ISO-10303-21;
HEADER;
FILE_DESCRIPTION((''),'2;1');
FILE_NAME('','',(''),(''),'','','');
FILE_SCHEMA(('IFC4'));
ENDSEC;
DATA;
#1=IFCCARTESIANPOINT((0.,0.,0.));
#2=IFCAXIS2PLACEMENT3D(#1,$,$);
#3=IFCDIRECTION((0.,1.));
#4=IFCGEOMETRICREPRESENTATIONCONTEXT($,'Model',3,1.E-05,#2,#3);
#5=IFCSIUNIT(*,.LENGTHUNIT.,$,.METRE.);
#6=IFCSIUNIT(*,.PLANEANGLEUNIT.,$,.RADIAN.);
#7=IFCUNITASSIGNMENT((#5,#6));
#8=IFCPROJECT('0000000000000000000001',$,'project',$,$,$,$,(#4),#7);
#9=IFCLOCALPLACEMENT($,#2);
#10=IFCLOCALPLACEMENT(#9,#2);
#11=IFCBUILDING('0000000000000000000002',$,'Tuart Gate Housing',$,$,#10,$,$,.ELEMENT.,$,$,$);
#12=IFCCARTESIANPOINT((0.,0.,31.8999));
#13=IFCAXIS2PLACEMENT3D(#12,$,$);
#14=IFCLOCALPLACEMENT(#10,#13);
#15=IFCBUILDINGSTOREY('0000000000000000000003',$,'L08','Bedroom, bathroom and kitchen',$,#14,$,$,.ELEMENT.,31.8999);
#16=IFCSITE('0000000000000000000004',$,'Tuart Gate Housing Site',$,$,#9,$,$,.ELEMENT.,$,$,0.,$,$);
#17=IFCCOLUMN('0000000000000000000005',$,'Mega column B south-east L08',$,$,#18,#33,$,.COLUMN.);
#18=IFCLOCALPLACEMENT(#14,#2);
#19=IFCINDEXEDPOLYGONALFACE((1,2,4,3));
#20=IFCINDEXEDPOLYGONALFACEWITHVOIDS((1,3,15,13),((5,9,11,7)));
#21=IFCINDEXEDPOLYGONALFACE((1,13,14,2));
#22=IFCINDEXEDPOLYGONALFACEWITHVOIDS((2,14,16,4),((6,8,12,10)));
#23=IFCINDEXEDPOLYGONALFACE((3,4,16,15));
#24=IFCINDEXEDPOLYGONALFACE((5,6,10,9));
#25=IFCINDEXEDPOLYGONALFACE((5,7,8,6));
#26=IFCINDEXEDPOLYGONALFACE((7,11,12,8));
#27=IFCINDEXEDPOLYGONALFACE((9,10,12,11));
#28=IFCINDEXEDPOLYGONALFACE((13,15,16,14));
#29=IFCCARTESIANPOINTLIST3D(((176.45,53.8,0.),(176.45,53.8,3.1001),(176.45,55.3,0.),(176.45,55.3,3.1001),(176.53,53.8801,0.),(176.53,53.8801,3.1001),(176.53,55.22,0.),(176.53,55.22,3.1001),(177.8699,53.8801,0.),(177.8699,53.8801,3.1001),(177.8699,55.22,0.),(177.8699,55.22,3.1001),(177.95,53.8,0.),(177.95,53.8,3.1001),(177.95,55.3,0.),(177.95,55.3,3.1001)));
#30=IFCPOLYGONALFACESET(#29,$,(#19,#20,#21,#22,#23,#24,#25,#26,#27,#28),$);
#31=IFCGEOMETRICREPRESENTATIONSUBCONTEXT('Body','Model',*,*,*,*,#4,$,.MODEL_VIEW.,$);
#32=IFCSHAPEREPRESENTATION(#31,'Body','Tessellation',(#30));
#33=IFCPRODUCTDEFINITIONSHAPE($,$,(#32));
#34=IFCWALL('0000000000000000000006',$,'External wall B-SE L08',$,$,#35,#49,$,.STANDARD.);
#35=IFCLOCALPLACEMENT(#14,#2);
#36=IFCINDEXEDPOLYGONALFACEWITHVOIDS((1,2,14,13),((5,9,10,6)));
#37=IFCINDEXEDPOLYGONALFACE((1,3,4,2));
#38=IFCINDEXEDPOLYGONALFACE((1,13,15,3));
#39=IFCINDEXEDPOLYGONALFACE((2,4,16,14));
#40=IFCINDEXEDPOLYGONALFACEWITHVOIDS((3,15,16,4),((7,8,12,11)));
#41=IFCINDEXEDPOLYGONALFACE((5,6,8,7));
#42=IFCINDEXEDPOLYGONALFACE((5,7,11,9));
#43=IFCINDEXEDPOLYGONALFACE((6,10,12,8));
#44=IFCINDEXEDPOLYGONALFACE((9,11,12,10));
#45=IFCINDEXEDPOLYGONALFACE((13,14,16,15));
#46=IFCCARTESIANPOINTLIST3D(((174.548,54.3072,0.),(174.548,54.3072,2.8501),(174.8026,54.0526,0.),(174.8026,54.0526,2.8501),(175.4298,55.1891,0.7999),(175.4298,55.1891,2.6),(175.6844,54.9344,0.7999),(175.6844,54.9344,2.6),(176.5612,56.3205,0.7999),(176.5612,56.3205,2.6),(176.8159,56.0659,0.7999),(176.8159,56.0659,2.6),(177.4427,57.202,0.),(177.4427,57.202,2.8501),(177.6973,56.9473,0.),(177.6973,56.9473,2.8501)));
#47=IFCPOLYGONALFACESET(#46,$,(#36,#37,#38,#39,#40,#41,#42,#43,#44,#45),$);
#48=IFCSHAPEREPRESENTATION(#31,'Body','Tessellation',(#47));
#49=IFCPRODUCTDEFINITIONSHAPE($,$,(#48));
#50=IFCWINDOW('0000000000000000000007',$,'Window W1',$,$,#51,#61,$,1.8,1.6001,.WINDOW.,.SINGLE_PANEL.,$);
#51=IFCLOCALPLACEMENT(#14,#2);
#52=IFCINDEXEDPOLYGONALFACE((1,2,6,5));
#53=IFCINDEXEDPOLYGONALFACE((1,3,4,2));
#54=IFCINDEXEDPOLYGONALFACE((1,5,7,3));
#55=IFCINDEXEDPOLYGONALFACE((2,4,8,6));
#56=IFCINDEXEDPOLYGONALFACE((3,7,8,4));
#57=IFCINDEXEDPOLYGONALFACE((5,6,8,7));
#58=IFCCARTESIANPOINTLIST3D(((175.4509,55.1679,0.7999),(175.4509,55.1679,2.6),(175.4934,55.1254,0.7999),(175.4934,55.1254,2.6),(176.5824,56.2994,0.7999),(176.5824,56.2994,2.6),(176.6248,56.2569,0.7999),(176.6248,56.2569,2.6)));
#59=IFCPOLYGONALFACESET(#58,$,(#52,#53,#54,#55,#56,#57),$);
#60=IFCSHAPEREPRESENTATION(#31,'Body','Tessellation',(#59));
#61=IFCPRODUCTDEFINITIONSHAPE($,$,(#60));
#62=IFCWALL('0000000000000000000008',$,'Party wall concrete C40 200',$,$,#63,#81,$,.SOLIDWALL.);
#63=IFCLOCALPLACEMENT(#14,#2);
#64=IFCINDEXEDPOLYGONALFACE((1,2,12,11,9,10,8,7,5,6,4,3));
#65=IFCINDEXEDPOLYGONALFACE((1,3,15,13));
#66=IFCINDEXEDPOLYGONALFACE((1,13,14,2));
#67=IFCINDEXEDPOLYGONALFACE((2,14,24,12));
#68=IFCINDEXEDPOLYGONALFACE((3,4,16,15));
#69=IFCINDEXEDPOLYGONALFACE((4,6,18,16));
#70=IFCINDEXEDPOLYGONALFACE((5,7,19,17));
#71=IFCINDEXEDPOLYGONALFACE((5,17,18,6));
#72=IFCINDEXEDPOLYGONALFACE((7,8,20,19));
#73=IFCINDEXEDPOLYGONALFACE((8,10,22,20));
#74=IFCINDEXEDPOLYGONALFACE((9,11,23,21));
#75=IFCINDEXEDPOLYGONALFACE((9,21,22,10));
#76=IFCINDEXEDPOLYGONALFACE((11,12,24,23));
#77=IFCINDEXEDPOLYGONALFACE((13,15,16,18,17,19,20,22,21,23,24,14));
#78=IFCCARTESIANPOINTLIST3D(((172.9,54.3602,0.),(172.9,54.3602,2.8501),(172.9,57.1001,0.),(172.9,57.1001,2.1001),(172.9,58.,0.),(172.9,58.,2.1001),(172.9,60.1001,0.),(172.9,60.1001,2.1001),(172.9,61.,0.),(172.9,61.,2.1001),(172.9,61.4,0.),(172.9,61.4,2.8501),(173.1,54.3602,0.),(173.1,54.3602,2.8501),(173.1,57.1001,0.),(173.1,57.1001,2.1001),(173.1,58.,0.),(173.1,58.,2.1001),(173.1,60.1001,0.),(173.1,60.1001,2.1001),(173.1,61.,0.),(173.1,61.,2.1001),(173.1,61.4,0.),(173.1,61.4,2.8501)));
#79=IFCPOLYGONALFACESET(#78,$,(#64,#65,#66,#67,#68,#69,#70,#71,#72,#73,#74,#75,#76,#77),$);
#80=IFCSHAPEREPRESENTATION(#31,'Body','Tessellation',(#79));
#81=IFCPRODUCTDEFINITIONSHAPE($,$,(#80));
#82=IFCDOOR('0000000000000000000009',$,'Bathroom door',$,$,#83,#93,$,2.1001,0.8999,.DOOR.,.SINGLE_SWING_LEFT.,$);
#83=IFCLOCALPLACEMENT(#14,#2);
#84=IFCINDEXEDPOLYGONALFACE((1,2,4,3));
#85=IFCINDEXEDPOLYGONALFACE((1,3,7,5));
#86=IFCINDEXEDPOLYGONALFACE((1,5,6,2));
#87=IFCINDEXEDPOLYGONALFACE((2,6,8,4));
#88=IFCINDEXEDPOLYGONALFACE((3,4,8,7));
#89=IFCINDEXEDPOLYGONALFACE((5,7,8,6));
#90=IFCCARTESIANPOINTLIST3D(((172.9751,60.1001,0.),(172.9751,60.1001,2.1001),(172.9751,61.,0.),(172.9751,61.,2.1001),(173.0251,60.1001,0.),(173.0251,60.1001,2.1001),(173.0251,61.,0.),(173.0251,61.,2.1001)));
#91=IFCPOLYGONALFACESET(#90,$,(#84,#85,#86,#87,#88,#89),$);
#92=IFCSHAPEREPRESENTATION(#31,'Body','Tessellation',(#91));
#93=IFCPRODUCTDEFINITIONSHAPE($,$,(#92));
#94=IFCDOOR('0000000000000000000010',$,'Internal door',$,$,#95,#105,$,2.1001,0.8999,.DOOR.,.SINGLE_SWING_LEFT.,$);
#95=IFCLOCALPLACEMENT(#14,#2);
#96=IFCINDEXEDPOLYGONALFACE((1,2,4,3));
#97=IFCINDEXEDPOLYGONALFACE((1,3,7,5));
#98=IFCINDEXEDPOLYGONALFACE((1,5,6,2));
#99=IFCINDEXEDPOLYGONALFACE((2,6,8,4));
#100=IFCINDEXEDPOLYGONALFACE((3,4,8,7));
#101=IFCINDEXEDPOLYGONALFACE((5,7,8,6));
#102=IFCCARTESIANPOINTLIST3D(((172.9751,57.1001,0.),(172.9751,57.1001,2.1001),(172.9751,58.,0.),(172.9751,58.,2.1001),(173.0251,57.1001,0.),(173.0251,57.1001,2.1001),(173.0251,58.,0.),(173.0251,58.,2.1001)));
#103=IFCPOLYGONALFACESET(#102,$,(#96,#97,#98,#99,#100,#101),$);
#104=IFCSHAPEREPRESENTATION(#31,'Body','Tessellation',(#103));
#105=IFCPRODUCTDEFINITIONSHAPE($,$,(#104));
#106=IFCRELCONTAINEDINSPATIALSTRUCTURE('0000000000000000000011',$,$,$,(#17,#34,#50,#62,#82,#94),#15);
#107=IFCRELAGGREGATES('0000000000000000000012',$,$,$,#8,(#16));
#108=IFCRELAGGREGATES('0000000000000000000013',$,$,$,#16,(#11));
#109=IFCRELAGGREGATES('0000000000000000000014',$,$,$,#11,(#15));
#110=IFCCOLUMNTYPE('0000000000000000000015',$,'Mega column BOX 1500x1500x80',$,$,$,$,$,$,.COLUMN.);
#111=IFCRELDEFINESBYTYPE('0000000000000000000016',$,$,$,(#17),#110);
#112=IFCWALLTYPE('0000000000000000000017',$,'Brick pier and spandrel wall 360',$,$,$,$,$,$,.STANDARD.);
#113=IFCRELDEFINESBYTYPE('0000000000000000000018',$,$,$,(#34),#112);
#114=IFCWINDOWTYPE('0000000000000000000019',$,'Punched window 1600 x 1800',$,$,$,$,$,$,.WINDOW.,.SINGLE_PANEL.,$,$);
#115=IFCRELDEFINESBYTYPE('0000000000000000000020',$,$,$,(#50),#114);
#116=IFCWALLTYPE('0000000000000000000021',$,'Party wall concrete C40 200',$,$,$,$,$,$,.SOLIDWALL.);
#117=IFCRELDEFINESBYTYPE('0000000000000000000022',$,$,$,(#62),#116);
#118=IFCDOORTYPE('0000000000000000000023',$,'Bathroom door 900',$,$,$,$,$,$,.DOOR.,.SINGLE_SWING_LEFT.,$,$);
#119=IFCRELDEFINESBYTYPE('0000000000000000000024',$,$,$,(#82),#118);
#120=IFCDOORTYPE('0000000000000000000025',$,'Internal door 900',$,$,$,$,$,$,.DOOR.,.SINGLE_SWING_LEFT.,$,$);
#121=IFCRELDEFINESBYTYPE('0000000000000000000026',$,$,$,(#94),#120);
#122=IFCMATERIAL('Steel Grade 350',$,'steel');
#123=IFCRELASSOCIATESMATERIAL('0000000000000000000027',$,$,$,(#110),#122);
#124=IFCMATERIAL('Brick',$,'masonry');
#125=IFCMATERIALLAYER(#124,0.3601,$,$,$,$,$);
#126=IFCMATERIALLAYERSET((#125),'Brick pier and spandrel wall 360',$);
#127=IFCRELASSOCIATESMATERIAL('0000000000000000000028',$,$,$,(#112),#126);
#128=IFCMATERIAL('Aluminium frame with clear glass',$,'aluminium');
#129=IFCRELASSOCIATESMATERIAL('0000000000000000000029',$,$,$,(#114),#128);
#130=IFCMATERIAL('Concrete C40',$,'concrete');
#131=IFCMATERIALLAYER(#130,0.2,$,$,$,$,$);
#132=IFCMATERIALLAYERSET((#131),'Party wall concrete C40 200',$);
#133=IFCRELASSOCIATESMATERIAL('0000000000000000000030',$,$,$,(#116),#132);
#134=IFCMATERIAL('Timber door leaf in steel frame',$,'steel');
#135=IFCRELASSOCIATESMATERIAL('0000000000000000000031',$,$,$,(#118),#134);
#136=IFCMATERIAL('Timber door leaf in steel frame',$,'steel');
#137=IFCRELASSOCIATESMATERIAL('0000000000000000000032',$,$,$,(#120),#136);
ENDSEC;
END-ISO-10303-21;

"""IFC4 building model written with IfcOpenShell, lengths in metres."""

from ifc_helpers import new_model, si_unit, direction, frame, frame_2d, origin, origin_2d, place, context, subcontext, project, spatial, rectangle, hollow_rectangle, extrude, material, layer, layer_set, material_profile, profile_set, type_object, element, fill, save


model = new_model("IFC4")

# Units and contexts
model_context = context("Model", 3, precision=1e-05, world=origin(), true_north=direction((0.0, 1.0)))
body_context = subcontext(model_context, "Body", "Model", "MODEL_VIEW")
ifc_project = project(units=[si_unit("LENGTHUNIT", "METRE"), si_unit("PLANEANGLEUNIT", "RADIAN")], contexts=[model_context])

# Site, building, storey
site_placement = place(None, origin())
site = spatial("IfcSite", under=ifc_project, at=site_placement, Name="Tuart Gate Housing Site", CompositionType="ELEMENT", RefElevation=0.0)
building_placement = place(site_placement, origin())
building = spatial("IfcBuilding", under=site, at=building_placement, Name="Tuart Gate Housing", CompositionType="ELEMENT")
storey_placement = place(building_placement, frame((0.0, 0.0, 31.8999)))
storey = spatial("IfcBuildingStorey", under=building, at=storey_placement, Name="L08", Description="Bedroom, bathroom and kitchen", CompositionType="ELEMENT", Elevation=31.8999)

# Column
ifc_material_1 = material(Name="Steel Grade 350", Category="steel")
ifc_material_profile = material_profile(ifc_material_1, hollow_rectangle(XDim=1.5, YDim=1.5, WallThickness=0.0801, at=origin_2d()), Name="BOX 1500x1500x80")
ifc_profile_set = profile_set([ifc_material_profile], Name="Steel Grade 350")
column_type = type_object("IfcColumnType", Name="Mega column BOX 1500x1500x80", PredefinedType="COLUMN", material=ifc_profile_set)
column_placement = place(storey_placement, frame((177.2, 54.55, 0.0), z_axis=(0.0, 0.0, 1.0), x_axis=(1.0, 0.0, 0.0)))
element("IfcColumn", 1, at=column_placement, inside=storey, type_object=column_type, Name="Mega column B south-east L08", PredefinedType="COLUMN", context=body_context, shape_type="SweptSolid", body=[
    extrude(hollow_rectangle(XDim=1.5, YDim=1.5, WallThickness=0.0801, at=origin_2d()), origin(), (0.0, 0.0, 1.0), 3.1001),
])

# Wall, opening, window
ifc_material_2 = material(Name="Brick", Category="masonry")
ifc_layer_1 = layer(ifc_material_2, 0.3601)
ifc_layer_set_1 = layer_set([ifc_layer_1], Name="Brick pier and spandrel wall 360")
wall_type_1 = type_object("IfcWallType", Name="Brick pier and spandrel wall 360", PredefinedType="STANDARD", material=ifc_layer_set_1)
wall_1_placement = place(storey_placement, frame((174.6753, 54.1799, 0.0), z_axis=(0.0, 0.0, 1.0), x_axis=(0.707107, 0.707107, 0.0)))
wall_1 = element("IfcWall", 2, at=wall_1_placement, inside=storey, type_object=wall_type_1, Name="External wall B-SE L08", PredefinedType="STANDARD", context=body_context, shape_type="SweptSolid", body=[
    extrude(rectangle(XDim=4.0938, YDim=0.3601, at=frame_2d((2.0469, 0.0))), origin(), (0.0, 0.0, 1.0), 2.8501),
])
opening_1_placement = place(wall_1_placement, frame((1.2471, 0.0, 0.8)))
opening_1 = element("IfcOpeningElement", 3, at=opening_1_placement, cuts=wall_1, PredefinedType="OPENING", context=body_context, shape_type="SweptSolid", body=[
    extrude(rectangle(XDim=1.6001, YDim=1.8, at=frame_2d((0.8, 0.8999))), frame((0.0, 0.1899, 0.0), z_axis=(0.0, -1.0, 0.0), x_axis=(1.0, 0.0, 0.0)), (0.0, 0.0, 1.0), 0.3801),
])
ifc_material_3 = material(Name="Aluminium frame with clear glass", Category="aluminium")
window_type_1 = type_object("IfcWindowType", Name="Punched window 1600 x 1800", PartitioningType="SINGLE_PANEL", PredefinedType="WINDOW", material=ifc_material_3)
window_1_placement = place(opening_1_placement, origin())
window_1 = element("IfcWindow", 4, at=window_1_placement, inside=storey, type_object=window_type_1, Name="Window W1", OverallHeight=1.8, OverallWidth=1.6001, PartitioningType="SINGLE_PANEL", PredefinedType="WINDOW", context=body_context, shape_type="SweptSolid", body=[
    extrude(rectangle(XDim=1.6001, YDim=1.8, at=frame_2d((0.8, 0.8999))), frame((0.0, 0.1501, 0.0), z_axis=(0.0, -1.0, 0.0), x_axis=(1.0, 0.0, 0.0)), (0.0, 0.0, 1.0), 0.0601),
])
fill(opening_1, window_1)

# Wall, openings, doors
ifc_material_4 = material(Name="Concrete C40", Category="concrete")
ifc_layer_2 = layer(ifc_material_4, 0.2)
ifc_layer_set_2 = layer_set([ifc_layer_2], Name="Party wall concrete C40 200")
wall_type_2 = type_object("IfcWallType", Name="Party wall concrete C40 200", PredefinedType="SOLIDWALL", material=ifc_layer_set_2)
wall_2_placement = place(storey_placement, frame((173.0, 54.3601, 0.0), z_axis=(0.0, 0.0, 1.0), x_axis=(0.0, 1.0, 0.0)))
wall_2 = element("IfcWall", 5, at=wall_2_placement, inside=storey, type_object=wall_type_2, Name="Party wall concrete C40 200", PredefinedType="SOLIDWALL", context=body_context, shape_type="SweptSolid", body=[
    extrude(rectangle(XDim=7.0398, YDim=0.2, at=frame_2d((3.52, 0.0))), origin(), (0.0, 0.0, 1.0), 2.8501),
])
opening_2_placement = place(wall_2_placement, frame((2.74, 0.0, 0.0)))
opening_2 = element("IfcOpeningElement", 6, at=opening_2_placement, cuts=wall_2, PredefinedType="OPENING", context=body_context, shape_type="SweptSolid", body=[
    extrude(rectangle(XDim=0.8999, YDim=2.1001, at=frame_2d((0.45, 1.05))), frame((0.0, 0.1099, 0.0), z_axis=(0.0, -1.0, 0.0), x_axis=(1.0, 0.0, 0.0)), (0.0, 0.0, 1.0), 0.22),
])
opening_3_placement = place(wall_2_placement, frame((5.74, 0.0, 0.0)))
opening_3 = element("IfcOpeningElement", 7, at=opening_3_placement, cuts=wall_2, PredefinedType="OPENING", context=body_context, shape_type="SweptSolid", body=[
    extrude(rectangle(XDim=0.8999, YDim=2.1001, at=frame_2d((0.45, 1.05))), frame((0.0, 0.1099, 0.0), z_axis=(0.0, -1.0, 0.0), x_axis=(1.0, 0.0, 0.0)), (0.0, 0.0, 1.0), 0.22),
])
ifc_material_5 = material(Name="Timber door leaf in steel frame", Category="steel")
door_type_1 = type_object("IfcDoorType", Name="Bathroom door 900", OperationType="SINGLE_SWING_LEFT", PredefinedType="DOOR", material=ifc_material_5)
door_1_placement = place(opening_3_placement, frame((0.8999, 0.0, 0.0), z_axis=(0.0, 0.0, 1.0), x_axis=(-1.0, 0.0, 0.0)))
door_1 = element("IfcDoor", 8, at=door_1_placement, inside=storey, type_object=door_type_1, Name="Bathroom door", OperationType="SINGLE_SWING_LEFT", OverallHeight=2.1001, OverallWidth=0.8999, PredefinedType="DOOR", context=body_context, shape_type="SweptSolid", body=[
    extrude(rectangle(XDim=0.8999, YDim=2.1001, at=frame_2d((0.45, 1.05))), frame((0.0, 0.0251, 0.0), z_axis=(0.0, -1.0, 0.0), x_axis=(1.0, 0.0, 0.0)), (0.0, 0.0, 1.0), 0.05),
])
fill(opening_3, door_1)
ifc_material_6 = material(Name="Timber door leaf in steel frame", Category="steel")
door_type_2 = type_object("IfcDoorType", Name="Internal door 900", OperationType="SINGLE_SWING_LEFT", PredefinedType="DOOR", material=ifc_material_6)
door_2_placement = place(opening_2_placement, frame((0.8999, 0.0, 0.0), z_axis=(0.0, 0.0, 1.0), x_axis=(-1.0, 0.0, 0.0)))
door_2 = element("IfcDoor", 9, at=door_2_placement, inside=storey, type_object=door_type_2, Name="Internal door", OperationType="SINGLE_SWING_LEFT", OverallHeight=2.1001, OverallWidth=0.8999, PredefinedType="DOOR", context=body_context, shape_type="SweptSolid", body=[
    extrude(rectangle(XDim=0.8999, YDim=2.1001, at=frame_2d((0.45, 1.05))), frame((0.0, 0.0251, 0.0), z_axis=(0.0, -1.0, 0.0), x_axis=(1.0, 0.0, 0.0)), (0.0, 0.0, 1.0), 0.05),
])
fill(opening_2, door_2)

save(model, "model.ifc")
